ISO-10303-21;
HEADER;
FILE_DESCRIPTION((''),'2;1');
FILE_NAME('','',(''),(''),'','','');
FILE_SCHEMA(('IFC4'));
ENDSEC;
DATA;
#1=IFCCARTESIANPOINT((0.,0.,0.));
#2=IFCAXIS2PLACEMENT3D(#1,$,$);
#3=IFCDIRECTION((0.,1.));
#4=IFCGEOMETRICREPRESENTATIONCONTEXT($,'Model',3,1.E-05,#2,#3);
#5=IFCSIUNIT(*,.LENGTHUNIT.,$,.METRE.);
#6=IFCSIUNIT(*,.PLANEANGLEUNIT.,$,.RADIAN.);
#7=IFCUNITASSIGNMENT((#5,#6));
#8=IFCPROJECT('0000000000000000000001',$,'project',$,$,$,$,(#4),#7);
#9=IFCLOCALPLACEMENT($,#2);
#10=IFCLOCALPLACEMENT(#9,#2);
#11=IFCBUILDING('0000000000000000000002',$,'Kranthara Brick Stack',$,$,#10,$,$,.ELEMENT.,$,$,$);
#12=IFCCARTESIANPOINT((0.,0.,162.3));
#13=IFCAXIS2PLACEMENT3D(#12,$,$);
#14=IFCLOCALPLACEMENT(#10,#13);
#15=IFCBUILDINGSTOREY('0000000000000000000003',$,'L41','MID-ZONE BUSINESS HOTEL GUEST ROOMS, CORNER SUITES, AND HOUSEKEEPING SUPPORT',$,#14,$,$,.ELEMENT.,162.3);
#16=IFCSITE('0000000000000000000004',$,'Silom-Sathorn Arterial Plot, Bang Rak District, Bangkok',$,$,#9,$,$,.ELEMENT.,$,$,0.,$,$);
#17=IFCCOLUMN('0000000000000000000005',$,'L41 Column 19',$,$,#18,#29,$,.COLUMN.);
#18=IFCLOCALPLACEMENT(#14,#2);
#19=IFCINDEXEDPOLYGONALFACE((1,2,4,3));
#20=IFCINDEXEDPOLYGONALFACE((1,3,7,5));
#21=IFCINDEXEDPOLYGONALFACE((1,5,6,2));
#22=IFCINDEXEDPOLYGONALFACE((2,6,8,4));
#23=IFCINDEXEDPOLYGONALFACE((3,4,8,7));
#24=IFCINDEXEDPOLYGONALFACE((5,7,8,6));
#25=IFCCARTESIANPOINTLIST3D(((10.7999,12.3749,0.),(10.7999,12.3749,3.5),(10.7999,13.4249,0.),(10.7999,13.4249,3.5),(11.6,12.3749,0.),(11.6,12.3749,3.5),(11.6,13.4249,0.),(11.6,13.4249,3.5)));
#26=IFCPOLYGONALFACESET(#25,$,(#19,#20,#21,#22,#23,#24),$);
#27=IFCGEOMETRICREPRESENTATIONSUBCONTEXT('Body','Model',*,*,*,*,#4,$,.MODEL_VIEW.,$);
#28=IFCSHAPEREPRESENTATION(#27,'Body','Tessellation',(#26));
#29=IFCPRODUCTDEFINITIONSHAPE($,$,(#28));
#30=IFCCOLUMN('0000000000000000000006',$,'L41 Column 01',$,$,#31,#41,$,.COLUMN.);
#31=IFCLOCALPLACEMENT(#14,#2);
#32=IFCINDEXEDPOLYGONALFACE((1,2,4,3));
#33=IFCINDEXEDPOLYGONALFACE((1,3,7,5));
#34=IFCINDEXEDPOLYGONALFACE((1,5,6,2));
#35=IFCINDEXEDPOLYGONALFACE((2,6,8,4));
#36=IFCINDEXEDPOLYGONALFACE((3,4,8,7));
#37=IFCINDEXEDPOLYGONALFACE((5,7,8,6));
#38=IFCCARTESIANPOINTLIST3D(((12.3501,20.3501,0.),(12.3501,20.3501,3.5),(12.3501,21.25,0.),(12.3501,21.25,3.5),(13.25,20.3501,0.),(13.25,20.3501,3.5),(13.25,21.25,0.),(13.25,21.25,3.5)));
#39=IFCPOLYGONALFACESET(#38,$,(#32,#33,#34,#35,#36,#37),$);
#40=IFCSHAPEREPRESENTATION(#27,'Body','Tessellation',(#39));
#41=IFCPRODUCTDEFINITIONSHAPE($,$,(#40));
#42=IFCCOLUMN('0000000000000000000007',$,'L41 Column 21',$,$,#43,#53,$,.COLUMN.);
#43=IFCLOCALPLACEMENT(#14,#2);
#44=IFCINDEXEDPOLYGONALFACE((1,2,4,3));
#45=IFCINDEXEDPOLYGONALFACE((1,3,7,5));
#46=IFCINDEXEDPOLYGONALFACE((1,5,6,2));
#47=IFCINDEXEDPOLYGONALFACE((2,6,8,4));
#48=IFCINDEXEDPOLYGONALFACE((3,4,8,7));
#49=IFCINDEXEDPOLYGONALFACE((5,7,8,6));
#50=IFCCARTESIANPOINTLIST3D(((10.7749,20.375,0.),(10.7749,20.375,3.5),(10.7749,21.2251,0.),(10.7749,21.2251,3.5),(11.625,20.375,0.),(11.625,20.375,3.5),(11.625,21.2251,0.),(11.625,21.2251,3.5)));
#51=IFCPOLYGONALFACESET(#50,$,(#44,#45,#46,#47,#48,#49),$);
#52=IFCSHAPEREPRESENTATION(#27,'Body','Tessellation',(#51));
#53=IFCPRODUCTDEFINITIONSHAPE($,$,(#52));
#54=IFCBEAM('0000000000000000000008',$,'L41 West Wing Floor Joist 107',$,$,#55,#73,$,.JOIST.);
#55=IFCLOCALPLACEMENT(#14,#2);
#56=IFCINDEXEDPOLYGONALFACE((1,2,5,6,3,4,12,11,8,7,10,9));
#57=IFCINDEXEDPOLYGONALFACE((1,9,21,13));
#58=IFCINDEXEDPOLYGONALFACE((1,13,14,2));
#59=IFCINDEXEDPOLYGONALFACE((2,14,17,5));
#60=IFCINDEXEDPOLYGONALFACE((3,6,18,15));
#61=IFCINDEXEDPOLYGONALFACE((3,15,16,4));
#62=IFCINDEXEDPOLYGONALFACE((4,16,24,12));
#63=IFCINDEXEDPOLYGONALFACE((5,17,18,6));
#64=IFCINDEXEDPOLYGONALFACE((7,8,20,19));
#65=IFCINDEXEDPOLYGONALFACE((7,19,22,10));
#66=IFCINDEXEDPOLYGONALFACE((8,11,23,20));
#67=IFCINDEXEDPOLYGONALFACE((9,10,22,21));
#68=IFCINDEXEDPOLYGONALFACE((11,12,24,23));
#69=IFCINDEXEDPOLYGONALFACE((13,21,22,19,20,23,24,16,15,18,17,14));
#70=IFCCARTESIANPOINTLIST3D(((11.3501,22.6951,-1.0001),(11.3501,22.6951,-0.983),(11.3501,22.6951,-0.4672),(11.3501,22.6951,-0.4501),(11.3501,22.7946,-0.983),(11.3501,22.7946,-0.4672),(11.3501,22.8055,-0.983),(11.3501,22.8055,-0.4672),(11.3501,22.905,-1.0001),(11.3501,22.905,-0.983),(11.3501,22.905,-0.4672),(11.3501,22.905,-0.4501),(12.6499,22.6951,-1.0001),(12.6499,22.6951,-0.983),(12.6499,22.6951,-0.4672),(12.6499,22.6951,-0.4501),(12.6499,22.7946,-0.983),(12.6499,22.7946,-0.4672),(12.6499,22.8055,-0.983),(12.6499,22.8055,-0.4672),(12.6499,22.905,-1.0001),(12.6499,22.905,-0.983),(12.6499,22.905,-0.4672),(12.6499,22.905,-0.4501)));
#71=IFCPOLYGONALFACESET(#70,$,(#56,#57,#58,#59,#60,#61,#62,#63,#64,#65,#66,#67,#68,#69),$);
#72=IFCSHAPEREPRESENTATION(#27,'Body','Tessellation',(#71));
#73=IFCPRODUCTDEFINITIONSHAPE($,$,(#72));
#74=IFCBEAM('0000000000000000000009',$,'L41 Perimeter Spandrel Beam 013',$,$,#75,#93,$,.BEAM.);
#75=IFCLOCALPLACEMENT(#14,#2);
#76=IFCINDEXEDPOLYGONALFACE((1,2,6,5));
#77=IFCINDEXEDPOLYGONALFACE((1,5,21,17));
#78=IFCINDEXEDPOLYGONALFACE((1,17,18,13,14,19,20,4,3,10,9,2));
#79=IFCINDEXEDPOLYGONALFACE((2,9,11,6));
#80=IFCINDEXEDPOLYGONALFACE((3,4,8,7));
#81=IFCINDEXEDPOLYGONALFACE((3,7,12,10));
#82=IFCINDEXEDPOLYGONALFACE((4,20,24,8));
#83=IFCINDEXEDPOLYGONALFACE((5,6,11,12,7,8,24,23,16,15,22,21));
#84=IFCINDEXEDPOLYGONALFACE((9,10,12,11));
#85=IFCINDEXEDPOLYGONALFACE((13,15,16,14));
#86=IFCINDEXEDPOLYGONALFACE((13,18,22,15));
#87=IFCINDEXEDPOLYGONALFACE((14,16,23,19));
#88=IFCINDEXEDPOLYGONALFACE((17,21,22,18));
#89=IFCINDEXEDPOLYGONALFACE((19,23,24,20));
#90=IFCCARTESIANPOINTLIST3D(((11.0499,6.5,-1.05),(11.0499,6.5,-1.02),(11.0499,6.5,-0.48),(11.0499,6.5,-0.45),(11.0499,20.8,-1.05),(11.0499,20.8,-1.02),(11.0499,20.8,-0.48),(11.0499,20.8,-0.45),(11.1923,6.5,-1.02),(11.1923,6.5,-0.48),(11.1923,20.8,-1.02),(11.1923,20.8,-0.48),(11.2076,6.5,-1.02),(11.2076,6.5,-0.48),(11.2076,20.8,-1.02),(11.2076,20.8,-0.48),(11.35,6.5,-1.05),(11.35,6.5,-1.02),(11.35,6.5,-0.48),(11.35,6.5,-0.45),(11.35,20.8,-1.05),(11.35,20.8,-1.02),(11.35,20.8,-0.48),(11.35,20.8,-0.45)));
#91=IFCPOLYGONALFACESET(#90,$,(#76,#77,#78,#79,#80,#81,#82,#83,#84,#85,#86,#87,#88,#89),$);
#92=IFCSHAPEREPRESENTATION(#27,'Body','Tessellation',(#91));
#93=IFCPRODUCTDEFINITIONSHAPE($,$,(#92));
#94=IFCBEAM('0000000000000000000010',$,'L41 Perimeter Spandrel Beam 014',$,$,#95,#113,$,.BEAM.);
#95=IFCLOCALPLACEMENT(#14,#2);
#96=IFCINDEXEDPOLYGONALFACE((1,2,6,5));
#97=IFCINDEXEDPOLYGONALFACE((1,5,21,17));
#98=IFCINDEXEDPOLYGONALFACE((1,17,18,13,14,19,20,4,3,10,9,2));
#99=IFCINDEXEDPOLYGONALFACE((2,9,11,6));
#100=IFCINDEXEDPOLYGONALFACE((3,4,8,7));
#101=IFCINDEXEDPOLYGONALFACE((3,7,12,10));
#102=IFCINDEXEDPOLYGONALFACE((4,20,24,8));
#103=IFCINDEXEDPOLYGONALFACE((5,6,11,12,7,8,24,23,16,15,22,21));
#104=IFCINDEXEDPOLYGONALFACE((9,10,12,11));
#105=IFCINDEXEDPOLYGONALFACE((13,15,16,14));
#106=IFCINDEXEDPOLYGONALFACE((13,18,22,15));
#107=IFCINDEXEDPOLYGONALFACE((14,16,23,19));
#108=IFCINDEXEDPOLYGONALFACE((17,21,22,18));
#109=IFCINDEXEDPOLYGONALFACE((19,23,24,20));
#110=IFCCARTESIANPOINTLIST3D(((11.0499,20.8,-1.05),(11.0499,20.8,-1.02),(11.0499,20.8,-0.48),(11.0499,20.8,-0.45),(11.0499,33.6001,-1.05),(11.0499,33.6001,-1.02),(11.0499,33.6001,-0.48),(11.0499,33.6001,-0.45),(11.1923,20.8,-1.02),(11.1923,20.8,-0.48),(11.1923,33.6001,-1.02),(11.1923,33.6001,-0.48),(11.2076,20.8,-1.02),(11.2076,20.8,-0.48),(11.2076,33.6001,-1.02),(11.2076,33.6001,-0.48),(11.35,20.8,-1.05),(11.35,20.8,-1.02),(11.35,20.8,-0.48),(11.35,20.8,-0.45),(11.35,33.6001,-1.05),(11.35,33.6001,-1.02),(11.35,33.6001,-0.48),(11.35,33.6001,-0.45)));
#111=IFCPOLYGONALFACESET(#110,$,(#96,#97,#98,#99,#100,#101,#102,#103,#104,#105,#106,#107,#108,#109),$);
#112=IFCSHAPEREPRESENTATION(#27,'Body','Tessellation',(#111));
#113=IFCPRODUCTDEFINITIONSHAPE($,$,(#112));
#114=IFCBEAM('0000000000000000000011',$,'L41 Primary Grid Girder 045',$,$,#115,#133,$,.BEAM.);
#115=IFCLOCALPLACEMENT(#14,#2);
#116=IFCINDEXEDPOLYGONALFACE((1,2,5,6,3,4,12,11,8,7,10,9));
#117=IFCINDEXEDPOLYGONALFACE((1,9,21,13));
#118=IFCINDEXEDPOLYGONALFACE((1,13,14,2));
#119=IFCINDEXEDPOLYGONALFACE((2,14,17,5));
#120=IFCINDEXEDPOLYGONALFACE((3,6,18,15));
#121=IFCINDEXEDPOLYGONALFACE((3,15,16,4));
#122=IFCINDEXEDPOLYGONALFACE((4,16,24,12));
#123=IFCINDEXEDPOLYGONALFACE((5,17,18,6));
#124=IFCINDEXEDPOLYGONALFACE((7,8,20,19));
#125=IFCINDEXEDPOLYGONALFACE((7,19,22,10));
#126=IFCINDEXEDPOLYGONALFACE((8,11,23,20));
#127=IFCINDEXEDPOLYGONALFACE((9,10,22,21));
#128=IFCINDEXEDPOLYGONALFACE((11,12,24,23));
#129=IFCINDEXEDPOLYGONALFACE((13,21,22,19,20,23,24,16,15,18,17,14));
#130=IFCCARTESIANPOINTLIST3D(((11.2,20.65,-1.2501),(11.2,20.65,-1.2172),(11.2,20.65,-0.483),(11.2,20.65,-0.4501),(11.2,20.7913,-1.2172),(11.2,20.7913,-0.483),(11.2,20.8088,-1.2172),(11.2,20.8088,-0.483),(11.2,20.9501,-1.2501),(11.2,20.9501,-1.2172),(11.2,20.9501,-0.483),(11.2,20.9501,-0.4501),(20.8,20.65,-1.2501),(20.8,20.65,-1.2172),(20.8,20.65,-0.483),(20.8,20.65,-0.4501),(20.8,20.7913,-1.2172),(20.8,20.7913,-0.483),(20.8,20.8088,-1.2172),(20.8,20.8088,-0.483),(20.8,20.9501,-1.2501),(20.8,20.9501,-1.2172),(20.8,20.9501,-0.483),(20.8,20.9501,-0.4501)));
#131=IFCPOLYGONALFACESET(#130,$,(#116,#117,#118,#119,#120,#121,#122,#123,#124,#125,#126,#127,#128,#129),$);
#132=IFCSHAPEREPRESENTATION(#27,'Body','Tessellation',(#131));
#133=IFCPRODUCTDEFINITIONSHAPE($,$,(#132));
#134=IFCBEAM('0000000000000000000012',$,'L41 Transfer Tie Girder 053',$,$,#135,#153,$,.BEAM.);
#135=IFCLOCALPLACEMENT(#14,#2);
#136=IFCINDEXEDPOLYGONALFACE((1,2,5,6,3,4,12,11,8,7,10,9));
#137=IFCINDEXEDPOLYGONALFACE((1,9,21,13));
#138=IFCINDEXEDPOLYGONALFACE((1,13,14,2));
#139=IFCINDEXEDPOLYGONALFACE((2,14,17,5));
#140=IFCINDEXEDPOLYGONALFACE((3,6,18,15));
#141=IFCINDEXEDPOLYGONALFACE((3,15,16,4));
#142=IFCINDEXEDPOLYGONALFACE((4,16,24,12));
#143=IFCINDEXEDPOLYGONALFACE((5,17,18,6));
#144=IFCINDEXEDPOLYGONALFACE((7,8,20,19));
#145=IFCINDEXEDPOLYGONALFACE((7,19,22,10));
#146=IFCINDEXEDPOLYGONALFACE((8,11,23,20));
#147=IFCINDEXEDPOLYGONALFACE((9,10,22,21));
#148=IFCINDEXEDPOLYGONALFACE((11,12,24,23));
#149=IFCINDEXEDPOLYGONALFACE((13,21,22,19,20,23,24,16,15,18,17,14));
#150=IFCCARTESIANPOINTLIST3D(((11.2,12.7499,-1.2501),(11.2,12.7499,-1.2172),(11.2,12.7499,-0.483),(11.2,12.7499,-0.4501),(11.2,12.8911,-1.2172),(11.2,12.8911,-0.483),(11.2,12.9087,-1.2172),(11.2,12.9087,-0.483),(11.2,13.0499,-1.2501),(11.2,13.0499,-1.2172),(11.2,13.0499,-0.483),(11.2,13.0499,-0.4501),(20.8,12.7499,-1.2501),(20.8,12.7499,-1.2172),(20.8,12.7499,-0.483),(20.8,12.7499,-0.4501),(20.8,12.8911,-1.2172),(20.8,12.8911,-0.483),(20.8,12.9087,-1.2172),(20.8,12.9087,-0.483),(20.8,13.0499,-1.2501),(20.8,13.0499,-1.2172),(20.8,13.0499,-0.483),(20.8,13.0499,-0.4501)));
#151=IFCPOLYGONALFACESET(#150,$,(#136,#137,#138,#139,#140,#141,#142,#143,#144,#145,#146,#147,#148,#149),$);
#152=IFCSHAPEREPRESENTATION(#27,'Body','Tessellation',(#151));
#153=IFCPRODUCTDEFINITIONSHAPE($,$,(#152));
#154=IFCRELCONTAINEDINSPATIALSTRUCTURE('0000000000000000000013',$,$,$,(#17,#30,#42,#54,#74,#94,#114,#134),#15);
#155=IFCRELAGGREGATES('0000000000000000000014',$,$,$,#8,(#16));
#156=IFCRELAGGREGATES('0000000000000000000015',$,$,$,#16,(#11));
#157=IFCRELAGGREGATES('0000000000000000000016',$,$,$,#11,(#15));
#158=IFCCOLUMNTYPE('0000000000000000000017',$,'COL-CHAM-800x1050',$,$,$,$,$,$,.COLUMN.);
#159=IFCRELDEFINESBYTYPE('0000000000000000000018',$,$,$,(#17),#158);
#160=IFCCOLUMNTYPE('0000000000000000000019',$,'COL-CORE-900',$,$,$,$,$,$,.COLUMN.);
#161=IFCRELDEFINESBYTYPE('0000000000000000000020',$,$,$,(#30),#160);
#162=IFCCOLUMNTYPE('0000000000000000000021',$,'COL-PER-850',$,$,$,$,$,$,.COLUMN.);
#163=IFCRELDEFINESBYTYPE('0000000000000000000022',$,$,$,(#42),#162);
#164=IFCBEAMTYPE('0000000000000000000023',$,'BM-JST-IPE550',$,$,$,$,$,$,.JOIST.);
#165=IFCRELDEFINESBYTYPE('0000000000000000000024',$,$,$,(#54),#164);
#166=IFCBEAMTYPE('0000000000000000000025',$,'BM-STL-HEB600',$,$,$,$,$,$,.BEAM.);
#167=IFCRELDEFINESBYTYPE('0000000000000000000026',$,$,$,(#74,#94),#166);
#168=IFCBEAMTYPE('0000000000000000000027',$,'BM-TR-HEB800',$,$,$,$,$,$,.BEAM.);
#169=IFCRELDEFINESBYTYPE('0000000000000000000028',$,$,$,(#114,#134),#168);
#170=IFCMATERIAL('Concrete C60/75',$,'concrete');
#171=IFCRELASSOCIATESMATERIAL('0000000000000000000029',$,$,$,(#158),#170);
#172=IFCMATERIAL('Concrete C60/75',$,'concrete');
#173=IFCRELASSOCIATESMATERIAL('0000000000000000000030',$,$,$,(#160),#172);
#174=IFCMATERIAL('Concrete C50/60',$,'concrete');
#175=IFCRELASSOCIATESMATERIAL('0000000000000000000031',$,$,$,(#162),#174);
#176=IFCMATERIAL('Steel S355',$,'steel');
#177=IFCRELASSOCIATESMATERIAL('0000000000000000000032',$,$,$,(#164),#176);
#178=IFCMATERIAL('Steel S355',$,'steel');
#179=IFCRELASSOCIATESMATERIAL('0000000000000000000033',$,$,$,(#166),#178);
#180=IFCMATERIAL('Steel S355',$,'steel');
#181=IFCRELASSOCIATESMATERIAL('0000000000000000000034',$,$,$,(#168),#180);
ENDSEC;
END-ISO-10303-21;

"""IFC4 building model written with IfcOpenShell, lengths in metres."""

from ifc_helpers import new_model, si_unit, direction, frame, origin, origin_2d, place, context, subcontext, project, spatial, rectangle, i_section, extrude, material, material_profile, profile_set, type_object, element, save


model = new_model("IFC4")

# Units and contexts
model_context = context("Model", 3, precision=1e-05, world=origin(), true_north=direction((0.0, 1.0)))
body_context = subcontext(model_context, "Body", "Model", "MODEL_VIEW")
ifc_project = project(units=[si_unit("LENGTHUNIT", "METRE"), si_unit("PLANEANGLEUNIT", "RADIAN")], contexts=[model_context])

# Site, building, storey
site_placement = place(None, origin())
site = spatial("IfcSite", under=ifc_project, at=site_placement, Name="Silom-Sathorn Arterial Plot, Bang Rak District, Bangkok", CompositionType="ELEMENT", RefElevation=0.0)
building_placement = place(site_placement, origin())
building = spatial("IfcBuilding", under=site, at=building_placement, Name="Kranthara Brick Stack", CompositionType="ELEMENT")
storey_placement = place(building_placement, frame((0.0, 0.0, 162.3)))
storey = spatial("IfcBuildingStorey", under=building, at=storey_placement, Name="L41", Description="MID-ZONE BUSINESS HOTEL GUEST ROOMS, CORNER SUITES, AND HOUSEKEEPING SUPPORT", CompositionType="ELEMENT", Elevation=162.3)

# Columns
ifc_material_1 = material(Name="Concrete C60/75", Category="concrete")
ifc_material_profile_1 = material_profile(ifc_material_1, rectangle(XDim=0.8, YDim=1.05, at=origin_2d()), Name="RC 800x1050")
ifc_profile_set_1 = profile_set([ifc_material_profile_1], Name="Concrete C60/75")
column_type_1 = type_object("IfcColumnType", Name="COL-CHAM-800x1050", PredefinedType="COLUMN", material=ifc_profile_set_1)
column_1_placement = place(storey_placement, frame((11.2, 12.8999, 0.0), z_axis=(0.0, 0.0, 1.0), x_axis=(1.0, 0.0, 0.0)))
element("IfcColumn", 1, at=column_1_placement, inside=storey, type_object=column_type_1, Name="L41 Column 19", PredefinedType="COLUMN", context=body_context, shape_type="SweptSolid", body=[
    extrude(rectangle(XDim=0.8, YDim=1.05, at=origin_2d()), origin(), (0.0, 0.0, 1.0), 3.5),
])
ifc_material_2 = material(Name="Concrete C60/75", Category="concrete")
ifc_material_profile_2 = material_profile(ifc_material_2, rectangle(XDim=0.8999, YDim=0.8999, at=origin_2d()), Name="RC 900x900")
ifc_profile_set_2 = profile_set([ifc_material_profile_2], Name="Concrete C60/75")
column_type_2 = type_object("IfcColumnType", Name="COL-CORE-900", PredefinedType="COLUMN", material=ifc_profile_set_2)
column_2_placement = place(storey_placement, frame((12.8, 20.8, 0.0), z_axis=(0.0, 0.0, 1.0), x_axis=(1.0, 0.0, 0.0)))
element("IfcColumn", 2, at=column_2_placement, inside=storey, type_object=column_type_2, Name="L41 Column 01", PredefinedType="COLUMN", context=body_context, shape_type="SweptSolid", body=[
    extrude(rectangle(XDim=0.8999, YDim=0.8999, at=origin_2d()), origin(), (0.0, 0.0, 1.0), 3.5),
])
ifc_material_3 = material(Name="Concrete C50/60", Category="concrete")
ifc_material_profile_3 = material_profile(ifc_material_3, rectangle(XDim=0.8501, YDim=0.8501, at=origin_2d()), Name="RC 850x850")
ifc_profile_set_3 = profile_set([ifc_material_profile_3], Name="Concrete C50/60")
column_type_3 = type_object("IfcColumnType", Name="COL-PER-850", PredefinedType="COLUMN", material=ifc_profile_set_3)
column_3_placement = place(storey_placement, frame((11.2, 20.8, 0.0), z_axis=(0.0, 0.0, 1.0), x_axis=(1.0, 0.0, 0.0)))
element("IfcColumn", 3, at=column_3_placement, inside=storey, type_object=column_type_3, Name="L41 Column 21", PredefinedType="COLUMN", context=body_context, shape_type="SweptSolid", body=[
    extrude(rectangle(XDim=0.8501, YDim=0.8501, at=origin_2d()), origin(), (0.0, 0.0, 1.0), 3.5),
])

# Beams
ifc_material_4 = material(Name="Steel S355", Category="steel")
ifc_material_profile_4 = material_profile(ifc_material_4, i_section(OverallWidth=0.21, OverallDepth=0.55, WebThickness=0.011, FlangeThickness=0.0171, at=origin_2d()), Name="IPE 550")
ifc_profile_set_4 = profile_set([ifc_material_profile_4], Name="Steel S355")
beam_type_1 = type_object("IfcBeamType", Name="BM-JST-IPE550", PredefinedType="JOIST", material=ifc_profile_set_4)
beam_1_placement = place(storey_placement, frame((11.3501, 22.8, -0.7251), z_axis=(1.0, 0.0, 0.0), x_axis=(0.0, 1.0, 0.0)))
element("IfcBeam", 4, at=beam_1_placement, inside=storey, type_object=beam_type_1, Name="L41 West Wing Floor Joist 107", PredefinedType="JOIST", context=body_context, shape_type="SweptSolid", body=[
    extrude(i_section(OverallWidth=0.21, OverallDepth=0.55, WebThickness=0.011, FlangeThickness=0.0171, at=origin_2d()), origin(), (0.0, 0.0, 1.0), 1.2998),
])
ifc_material_5 = material(Name="Steel S355", Category="steel")
ifc_material_profile_5 = material_profile(ifc_material_5, i_section(OverallWidth=0.3, OverallDepth=0.6001, WebThickness=0.0154, FlangeThickness=0.03, at=origin_2d()), Name="HEB 600")
ifc_profile_set_5 = profile_set([ifc_material_profile_5], Name="Steel S355")
beam_type_2 = type_object("IfcBeamType", Name="BM-STL-HEB600", PredefinedType="BEAM", material=ifc_profile_set_5)
beam_2_placement = place(storey_placement, frame((11.2, 6.5, -0.75), z_axis=(0.0, 1.0, 0.0), x_axis=(-1.0, 0.0, 0.0)))
element("IfcBeam", 5, at=beam_2_placement, inside=storey, type_object=beam_type_2, Name="L41 Perimeter Spandrel Beam 013", PredefinedType="BEAM", context=body_context, shape_type="SweptSolid", body=[
    extrude(i_section(OverallWidth=0.3, OverallDepth=0.6001, WebThickness=0.0154, FlangeThickness=0.03, at=origin_2d()), origin(), (0.0, 0.0, 1.0), 14.3),
])
beam_3_placement = place(storey_placement, frame((11.2, 20.8, -0.75), z_axis=(0.0, 1.0, 0.0), x_axis=(-1.0, 0.0, 0.0)))
element("IfcBeam", 6, at=beam_3_placement, inside=storey, type_object=beam_type_2, Name="L41 Perimeter Spandrel Beam 014", PredefinedType="BEAM", context=body_context, shape_type="SweptSolid", body=[
    extrude(i_section(OverallWidth=0.3, OverallDepth=0.6001, WebThickness=0.0154, FlangeThickness=0.03, at=origin_2d()), origin(), (0.0, 0.0, 1.0), 12.8),
])
ifc_material_6 = material(Name="Steel S355", Category="steel")
ifc_material_profile_6 = material_profile(ifc_material_6, i_section(OverallWidth=0.3, OverallDepth=0.8, WebThickness=0.0176, FlangeThickness=0.033, at=origin_2d()), Name="HEB 800")
ifc_profile_set_6 = profile_set([ifc_material_profile_6], Name="Steel S355")
beam_type_3 = type_object("IfcBeamType", Name="BM-TR-HEB800", PredefinedType="BEAM", material=ifc_profile_set_6)
for number, where, z_axis, x_axis, name in (
    (7, (11.2, 20.8, -0.8501), (1.0, 0.0, 0.0), (0.0, 1.0, 0.0), "L41 Primary Grid Girder 045"),
    (8, (11.2, 12.8999, -0.8501), (1.0, 0.0, 0.0), (0.0, 1.0, 0.0), "L41 Transfer Tie Girder 053"),
):
    element("IfcBeam", number, at=place(storey_placement, frame(where, z_axis=z_axis, x_axis=x_axis)), inside=storey, type_object=beam_type_3, Name=name, PredefinedType="BEAM", context=body_context, shape_type="SweptSolid", body=[
        extrude(i_section(OverallWidth=0.3, OverallDepth=0.8, WebThickness=0.0176, FlangeThickness=0.033, at=origin_2d()), origin(), (0.0, 0.0, 1.0), 9.6001),
    ])

save(model, "model.ifc")
